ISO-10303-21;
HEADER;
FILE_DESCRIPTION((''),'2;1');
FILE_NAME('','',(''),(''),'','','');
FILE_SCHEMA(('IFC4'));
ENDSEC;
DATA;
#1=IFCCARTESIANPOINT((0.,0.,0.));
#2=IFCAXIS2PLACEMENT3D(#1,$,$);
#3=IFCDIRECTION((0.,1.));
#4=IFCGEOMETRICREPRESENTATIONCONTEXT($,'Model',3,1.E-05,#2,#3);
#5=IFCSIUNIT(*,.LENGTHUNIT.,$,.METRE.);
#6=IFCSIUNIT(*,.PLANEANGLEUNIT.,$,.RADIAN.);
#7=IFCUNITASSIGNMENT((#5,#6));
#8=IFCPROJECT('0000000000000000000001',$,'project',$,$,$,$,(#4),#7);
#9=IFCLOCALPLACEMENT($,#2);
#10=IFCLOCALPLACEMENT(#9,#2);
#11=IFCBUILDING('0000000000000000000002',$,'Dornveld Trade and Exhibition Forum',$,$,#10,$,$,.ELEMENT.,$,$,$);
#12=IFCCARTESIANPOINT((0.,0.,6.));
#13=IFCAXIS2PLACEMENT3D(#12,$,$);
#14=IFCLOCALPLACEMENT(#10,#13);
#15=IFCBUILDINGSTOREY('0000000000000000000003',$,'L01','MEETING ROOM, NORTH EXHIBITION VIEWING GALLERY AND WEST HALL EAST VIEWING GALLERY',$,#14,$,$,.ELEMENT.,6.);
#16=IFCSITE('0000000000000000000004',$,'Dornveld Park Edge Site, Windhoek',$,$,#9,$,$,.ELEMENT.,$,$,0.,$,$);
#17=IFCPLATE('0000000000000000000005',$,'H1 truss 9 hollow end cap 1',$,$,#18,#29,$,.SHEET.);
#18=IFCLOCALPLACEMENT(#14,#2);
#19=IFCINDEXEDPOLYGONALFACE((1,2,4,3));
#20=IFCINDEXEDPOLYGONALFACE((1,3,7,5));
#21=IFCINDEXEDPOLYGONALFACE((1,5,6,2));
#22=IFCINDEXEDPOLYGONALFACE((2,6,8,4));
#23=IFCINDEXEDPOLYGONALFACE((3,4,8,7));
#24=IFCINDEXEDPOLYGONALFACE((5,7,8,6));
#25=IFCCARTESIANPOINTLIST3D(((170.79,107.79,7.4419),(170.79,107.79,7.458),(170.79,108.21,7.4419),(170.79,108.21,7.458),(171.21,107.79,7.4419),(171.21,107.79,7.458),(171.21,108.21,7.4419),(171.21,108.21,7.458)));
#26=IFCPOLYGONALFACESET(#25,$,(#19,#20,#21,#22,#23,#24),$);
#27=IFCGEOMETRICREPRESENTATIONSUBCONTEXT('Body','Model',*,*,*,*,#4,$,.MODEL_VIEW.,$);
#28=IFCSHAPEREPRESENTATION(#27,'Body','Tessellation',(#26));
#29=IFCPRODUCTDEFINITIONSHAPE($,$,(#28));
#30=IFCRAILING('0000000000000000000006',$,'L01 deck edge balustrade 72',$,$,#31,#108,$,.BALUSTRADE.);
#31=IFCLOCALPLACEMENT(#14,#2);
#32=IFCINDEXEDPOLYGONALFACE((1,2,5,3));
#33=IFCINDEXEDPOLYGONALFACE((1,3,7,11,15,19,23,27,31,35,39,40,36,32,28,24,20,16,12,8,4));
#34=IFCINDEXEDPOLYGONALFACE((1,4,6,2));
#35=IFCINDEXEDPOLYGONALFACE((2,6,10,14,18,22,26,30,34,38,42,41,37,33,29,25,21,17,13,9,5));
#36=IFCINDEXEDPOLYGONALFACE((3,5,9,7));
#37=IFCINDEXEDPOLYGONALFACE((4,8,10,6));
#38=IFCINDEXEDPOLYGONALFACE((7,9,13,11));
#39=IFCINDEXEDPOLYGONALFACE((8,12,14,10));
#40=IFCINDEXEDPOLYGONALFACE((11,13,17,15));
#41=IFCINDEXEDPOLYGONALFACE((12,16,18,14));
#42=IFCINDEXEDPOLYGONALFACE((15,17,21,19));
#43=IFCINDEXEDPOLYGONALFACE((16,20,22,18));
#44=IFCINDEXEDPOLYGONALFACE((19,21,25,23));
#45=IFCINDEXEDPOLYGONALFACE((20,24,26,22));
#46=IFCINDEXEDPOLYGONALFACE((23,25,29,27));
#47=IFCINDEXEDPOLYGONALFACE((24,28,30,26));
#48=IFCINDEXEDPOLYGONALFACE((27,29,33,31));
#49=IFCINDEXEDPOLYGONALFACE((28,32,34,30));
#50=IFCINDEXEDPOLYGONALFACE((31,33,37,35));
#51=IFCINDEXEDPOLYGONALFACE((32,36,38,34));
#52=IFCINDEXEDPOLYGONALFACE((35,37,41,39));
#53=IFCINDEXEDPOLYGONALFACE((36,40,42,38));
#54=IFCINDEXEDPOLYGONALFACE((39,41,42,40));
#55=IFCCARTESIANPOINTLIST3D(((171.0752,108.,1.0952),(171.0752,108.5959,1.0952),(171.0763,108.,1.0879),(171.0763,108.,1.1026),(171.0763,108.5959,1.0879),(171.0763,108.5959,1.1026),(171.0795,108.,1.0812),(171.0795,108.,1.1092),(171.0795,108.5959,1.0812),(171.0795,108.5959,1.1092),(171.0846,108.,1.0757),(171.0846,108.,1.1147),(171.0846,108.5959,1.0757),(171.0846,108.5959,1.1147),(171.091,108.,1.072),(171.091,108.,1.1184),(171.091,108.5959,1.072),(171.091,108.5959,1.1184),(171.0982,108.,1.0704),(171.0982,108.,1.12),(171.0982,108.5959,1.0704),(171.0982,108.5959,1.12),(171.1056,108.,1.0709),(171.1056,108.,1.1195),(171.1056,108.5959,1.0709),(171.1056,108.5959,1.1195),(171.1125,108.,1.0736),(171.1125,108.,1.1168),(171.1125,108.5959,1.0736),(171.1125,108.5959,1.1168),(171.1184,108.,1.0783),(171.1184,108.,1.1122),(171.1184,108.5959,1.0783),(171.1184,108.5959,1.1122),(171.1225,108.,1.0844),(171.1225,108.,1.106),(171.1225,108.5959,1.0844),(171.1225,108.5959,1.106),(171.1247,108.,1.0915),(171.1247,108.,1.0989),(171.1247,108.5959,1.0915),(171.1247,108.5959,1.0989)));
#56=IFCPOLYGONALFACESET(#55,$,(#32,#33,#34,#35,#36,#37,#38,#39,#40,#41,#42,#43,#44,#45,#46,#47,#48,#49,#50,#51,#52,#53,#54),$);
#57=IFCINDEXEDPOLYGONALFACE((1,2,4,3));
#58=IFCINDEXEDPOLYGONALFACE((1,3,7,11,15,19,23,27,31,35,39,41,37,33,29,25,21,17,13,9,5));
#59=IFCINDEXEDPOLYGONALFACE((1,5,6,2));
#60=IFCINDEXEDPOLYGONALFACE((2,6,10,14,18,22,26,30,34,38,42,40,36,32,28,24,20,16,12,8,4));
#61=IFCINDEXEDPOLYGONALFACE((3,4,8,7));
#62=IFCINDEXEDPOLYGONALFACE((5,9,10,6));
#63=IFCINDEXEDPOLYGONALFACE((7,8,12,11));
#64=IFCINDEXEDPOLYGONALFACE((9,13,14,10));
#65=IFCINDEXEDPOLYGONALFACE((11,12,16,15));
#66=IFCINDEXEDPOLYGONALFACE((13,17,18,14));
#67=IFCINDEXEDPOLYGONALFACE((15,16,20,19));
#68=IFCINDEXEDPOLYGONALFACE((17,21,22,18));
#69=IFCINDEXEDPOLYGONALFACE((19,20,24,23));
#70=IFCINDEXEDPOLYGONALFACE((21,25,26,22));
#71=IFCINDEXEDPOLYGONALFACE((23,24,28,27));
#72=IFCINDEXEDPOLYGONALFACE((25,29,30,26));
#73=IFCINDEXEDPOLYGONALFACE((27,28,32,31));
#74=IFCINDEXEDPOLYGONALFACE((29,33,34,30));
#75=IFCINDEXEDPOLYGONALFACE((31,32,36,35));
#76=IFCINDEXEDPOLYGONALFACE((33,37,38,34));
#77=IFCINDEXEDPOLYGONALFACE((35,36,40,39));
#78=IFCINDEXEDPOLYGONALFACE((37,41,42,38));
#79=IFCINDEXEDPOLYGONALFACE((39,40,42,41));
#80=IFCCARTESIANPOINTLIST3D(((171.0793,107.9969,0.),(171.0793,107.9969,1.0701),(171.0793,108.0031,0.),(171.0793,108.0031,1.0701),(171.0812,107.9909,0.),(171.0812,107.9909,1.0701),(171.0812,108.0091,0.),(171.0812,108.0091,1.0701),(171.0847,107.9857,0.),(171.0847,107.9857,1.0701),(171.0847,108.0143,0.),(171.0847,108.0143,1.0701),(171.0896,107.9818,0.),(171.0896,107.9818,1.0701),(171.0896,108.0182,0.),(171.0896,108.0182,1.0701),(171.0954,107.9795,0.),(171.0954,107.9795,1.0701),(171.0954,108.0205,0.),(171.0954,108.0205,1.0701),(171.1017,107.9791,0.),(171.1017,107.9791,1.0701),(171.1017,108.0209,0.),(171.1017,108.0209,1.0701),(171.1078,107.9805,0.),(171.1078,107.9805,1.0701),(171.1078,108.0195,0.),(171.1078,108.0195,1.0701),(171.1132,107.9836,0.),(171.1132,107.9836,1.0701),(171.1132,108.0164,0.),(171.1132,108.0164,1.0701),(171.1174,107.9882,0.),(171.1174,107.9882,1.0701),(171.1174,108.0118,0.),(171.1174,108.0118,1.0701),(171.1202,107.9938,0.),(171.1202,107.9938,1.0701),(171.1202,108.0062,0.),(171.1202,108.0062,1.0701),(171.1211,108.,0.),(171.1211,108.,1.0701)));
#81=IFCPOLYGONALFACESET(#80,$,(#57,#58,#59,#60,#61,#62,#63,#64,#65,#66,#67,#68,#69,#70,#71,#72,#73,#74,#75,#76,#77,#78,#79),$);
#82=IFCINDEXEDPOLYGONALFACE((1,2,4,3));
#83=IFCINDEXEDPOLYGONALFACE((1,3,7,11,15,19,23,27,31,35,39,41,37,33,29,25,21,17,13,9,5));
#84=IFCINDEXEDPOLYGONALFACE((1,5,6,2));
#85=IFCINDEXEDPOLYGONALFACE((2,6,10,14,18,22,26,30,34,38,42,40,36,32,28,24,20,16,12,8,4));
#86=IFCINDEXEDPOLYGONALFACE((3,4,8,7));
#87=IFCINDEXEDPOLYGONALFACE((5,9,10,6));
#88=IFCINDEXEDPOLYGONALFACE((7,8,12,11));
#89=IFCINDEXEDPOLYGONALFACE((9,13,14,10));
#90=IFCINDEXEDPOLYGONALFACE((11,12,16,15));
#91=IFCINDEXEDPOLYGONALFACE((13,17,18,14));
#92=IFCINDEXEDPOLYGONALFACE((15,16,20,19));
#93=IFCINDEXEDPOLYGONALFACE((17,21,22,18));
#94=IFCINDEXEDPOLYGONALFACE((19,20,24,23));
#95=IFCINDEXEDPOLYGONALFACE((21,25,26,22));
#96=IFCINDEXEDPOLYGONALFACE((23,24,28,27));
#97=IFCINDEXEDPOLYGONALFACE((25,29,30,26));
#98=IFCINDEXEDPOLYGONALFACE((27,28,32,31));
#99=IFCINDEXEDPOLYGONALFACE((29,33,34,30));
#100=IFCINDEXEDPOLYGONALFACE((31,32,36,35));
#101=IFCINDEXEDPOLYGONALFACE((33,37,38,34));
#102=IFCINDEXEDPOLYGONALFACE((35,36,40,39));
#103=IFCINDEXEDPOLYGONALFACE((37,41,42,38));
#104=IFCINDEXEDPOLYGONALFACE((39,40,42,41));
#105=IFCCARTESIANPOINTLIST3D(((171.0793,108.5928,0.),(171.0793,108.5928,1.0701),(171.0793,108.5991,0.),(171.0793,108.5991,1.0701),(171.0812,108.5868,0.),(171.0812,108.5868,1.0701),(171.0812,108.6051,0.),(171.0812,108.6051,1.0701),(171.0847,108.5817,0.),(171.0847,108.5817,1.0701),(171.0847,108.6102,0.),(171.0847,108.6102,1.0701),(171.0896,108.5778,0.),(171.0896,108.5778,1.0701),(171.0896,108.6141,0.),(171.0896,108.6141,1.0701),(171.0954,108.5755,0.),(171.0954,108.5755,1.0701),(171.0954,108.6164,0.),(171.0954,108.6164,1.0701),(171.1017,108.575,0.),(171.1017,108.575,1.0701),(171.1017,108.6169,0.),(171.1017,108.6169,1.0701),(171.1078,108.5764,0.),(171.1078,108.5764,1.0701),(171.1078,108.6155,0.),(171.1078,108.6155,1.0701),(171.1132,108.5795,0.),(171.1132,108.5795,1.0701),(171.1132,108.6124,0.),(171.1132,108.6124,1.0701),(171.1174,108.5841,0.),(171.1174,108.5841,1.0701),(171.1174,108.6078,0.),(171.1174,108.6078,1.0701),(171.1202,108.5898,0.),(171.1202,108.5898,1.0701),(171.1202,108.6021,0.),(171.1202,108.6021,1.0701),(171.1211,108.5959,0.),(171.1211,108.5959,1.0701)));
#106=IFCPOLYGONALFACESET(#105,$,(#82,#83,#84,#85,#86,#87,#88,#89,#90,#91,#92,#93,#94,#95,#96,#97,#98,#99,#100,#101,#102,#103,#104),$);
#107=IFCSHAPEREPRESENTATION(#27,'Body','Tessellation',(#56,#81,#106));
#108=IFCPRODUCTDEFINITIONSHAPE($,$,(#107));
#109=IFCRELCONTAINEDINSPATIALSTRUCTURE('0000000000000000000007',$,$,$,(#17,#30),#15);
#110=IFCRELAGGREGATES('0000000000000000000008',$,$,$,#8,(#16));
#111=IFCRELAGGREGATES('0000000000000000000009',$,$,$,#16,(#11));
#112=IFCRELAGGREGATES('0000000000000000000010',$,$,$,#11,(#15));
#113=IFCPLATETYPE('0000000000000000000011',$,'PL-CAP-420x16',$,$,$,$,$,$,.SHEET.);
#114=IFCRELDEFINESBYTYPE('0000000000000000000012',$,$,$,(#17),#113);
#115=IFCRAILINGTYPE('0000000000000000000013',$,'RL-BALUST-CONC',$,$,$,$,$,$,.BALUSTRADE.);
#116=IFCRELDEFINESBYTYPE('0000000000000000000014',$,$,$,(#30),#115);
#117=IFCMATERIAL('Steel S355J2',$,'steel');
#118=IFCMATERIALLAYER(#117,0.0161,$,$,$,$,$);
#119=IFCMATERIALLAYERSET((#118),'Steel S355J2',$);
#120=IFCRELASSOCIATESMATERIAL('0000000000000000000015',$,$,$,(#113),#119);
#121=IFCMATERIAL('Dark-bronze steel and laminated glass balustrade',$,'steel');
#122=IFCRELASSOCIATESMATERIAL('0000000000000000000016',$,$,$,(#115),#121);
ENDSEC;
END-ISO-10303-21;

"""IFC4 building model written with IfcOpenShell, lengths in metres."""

from ifc_helpers import new_model, si_unit, direction, frame, origin, origin_2d, place, context, subcontext, project, spatial, rectangle, circle, extrude, material, layer, layer_set, type_object, element, save


model = new_model("IFC4")

# Units and contexts
model_context = context("Model", 3, precision=1e-05, world=origin(), true_north=direction((0.0, 1.0)))
body_context = subcontext(model_context, "Body", "Model", "MODEL_VIEW")
ifc_project = project(units=[si_unit("LENGTHUNIT", "METRE"), si_unit("PLANEANGLEUNIT", "RADIAN")], contexts=[model_context])

# Site, building, storey
site_placement = place(None, origin())
site = spatial("IfcSite", under=ifc_project, at=site_placement, Name="Dornveld Park Edge Site, Windhoek", CompositionType="ELEMENT", RefElevation=0.0)
building_placement = place(site_placement, origin())
building = spatial("IfcBuilding", under=site, at=building_placement, Name="Dornveld Trade and Exhibition Forum", CompositionType="ELEMENT")
storey_placement = place(building_placement, frame((0.0, 0.0, 6.0)))
storey = spatial("IfcBuildingStorey", under=building, at=storey_placement, Name="L01", Description="MEETING ROOM, NORTH EXHIBITION VIEWING GALLERY AND WEST HALL EAST VIEWING GALLERY", CompositionType="ELEMENT", Elevation=6.0)

# Plate
ifc_material_1 = material(Name="Steel S355J2", Category="steel")
ifc_layer_1 = layer(ifc_material_1, 0.0161)
ifc_layer_set_1 = layer_set([ifc_layer_1], Name="Steel S355J2")
plate_type_1 = type_object("IfcPlateType", Name="PL-CAP-420x16", PredefinedType="SHEET", material=ifc_layer_set_1)
for number, where, z_axis, x_axis, name in (
    (1, (171.0, 108.0, 7.4419), (0.0, 0.0, 1.0), (1.0, 0.0, 0.0), "H1 truss 9 hollow end cap 1"),
):
    element("IfcPlate", number, at=place(storey_placement, frame(where, z_axis=z_axis, x_axis=x_axis)), inside=storey, type_object=plate_type_1, Name=name, PredefinedType="SHEET", context=body_context, shape_type="SweptSolid", body=[
        extrude(rectangle(XDim=0.4199, YDim=0.4199, at=origin_2d()), origin(), (0.0, 0.0, 1.0), 0.0161),
    ])

# Railing
ifc_material_2 = material(Name="Dark-bronze steel and laminated glass balustrade", Category="steel")
railing_type = type_object("IfcRailingType", Name="RL-BALUST-CONC", PredefinedType="BALUSTRADE", material=ifc_material_2)
railing_placement = place(storey_placement, frame((171.1001, 108.0, 0.0)))
element("IfcRailing", 2, at=railing_placement, inside=storey, type_object=railing_type, Name="L01 deck edge balustrade 72", PredefinedType="BALUSTRADE", context=body_context, shape_type="SweptSolid", body=[
    extrude(circle(Radius=0.0249, at=origin_2d()), frame((0.0, 0.0, 1.0952), z_axis=(0.0, 1.0, 0.0), x_axis=(-1.0, 0.0, 0.0)), (0.0, 0.0, 1.0), 0.5959),
    extrude(circle(Radius=0.021, at=origin_2d()), origin(), (0.0, 0.0, 1.0), 1.0701),
    extrude(circle(Radius=0.021, at=origin_2d()), frame((0.0, 0.5959, 0.0)), (0.0, 0.0, 1.0), 1.0701),
])

save(model, "model.ifc")
